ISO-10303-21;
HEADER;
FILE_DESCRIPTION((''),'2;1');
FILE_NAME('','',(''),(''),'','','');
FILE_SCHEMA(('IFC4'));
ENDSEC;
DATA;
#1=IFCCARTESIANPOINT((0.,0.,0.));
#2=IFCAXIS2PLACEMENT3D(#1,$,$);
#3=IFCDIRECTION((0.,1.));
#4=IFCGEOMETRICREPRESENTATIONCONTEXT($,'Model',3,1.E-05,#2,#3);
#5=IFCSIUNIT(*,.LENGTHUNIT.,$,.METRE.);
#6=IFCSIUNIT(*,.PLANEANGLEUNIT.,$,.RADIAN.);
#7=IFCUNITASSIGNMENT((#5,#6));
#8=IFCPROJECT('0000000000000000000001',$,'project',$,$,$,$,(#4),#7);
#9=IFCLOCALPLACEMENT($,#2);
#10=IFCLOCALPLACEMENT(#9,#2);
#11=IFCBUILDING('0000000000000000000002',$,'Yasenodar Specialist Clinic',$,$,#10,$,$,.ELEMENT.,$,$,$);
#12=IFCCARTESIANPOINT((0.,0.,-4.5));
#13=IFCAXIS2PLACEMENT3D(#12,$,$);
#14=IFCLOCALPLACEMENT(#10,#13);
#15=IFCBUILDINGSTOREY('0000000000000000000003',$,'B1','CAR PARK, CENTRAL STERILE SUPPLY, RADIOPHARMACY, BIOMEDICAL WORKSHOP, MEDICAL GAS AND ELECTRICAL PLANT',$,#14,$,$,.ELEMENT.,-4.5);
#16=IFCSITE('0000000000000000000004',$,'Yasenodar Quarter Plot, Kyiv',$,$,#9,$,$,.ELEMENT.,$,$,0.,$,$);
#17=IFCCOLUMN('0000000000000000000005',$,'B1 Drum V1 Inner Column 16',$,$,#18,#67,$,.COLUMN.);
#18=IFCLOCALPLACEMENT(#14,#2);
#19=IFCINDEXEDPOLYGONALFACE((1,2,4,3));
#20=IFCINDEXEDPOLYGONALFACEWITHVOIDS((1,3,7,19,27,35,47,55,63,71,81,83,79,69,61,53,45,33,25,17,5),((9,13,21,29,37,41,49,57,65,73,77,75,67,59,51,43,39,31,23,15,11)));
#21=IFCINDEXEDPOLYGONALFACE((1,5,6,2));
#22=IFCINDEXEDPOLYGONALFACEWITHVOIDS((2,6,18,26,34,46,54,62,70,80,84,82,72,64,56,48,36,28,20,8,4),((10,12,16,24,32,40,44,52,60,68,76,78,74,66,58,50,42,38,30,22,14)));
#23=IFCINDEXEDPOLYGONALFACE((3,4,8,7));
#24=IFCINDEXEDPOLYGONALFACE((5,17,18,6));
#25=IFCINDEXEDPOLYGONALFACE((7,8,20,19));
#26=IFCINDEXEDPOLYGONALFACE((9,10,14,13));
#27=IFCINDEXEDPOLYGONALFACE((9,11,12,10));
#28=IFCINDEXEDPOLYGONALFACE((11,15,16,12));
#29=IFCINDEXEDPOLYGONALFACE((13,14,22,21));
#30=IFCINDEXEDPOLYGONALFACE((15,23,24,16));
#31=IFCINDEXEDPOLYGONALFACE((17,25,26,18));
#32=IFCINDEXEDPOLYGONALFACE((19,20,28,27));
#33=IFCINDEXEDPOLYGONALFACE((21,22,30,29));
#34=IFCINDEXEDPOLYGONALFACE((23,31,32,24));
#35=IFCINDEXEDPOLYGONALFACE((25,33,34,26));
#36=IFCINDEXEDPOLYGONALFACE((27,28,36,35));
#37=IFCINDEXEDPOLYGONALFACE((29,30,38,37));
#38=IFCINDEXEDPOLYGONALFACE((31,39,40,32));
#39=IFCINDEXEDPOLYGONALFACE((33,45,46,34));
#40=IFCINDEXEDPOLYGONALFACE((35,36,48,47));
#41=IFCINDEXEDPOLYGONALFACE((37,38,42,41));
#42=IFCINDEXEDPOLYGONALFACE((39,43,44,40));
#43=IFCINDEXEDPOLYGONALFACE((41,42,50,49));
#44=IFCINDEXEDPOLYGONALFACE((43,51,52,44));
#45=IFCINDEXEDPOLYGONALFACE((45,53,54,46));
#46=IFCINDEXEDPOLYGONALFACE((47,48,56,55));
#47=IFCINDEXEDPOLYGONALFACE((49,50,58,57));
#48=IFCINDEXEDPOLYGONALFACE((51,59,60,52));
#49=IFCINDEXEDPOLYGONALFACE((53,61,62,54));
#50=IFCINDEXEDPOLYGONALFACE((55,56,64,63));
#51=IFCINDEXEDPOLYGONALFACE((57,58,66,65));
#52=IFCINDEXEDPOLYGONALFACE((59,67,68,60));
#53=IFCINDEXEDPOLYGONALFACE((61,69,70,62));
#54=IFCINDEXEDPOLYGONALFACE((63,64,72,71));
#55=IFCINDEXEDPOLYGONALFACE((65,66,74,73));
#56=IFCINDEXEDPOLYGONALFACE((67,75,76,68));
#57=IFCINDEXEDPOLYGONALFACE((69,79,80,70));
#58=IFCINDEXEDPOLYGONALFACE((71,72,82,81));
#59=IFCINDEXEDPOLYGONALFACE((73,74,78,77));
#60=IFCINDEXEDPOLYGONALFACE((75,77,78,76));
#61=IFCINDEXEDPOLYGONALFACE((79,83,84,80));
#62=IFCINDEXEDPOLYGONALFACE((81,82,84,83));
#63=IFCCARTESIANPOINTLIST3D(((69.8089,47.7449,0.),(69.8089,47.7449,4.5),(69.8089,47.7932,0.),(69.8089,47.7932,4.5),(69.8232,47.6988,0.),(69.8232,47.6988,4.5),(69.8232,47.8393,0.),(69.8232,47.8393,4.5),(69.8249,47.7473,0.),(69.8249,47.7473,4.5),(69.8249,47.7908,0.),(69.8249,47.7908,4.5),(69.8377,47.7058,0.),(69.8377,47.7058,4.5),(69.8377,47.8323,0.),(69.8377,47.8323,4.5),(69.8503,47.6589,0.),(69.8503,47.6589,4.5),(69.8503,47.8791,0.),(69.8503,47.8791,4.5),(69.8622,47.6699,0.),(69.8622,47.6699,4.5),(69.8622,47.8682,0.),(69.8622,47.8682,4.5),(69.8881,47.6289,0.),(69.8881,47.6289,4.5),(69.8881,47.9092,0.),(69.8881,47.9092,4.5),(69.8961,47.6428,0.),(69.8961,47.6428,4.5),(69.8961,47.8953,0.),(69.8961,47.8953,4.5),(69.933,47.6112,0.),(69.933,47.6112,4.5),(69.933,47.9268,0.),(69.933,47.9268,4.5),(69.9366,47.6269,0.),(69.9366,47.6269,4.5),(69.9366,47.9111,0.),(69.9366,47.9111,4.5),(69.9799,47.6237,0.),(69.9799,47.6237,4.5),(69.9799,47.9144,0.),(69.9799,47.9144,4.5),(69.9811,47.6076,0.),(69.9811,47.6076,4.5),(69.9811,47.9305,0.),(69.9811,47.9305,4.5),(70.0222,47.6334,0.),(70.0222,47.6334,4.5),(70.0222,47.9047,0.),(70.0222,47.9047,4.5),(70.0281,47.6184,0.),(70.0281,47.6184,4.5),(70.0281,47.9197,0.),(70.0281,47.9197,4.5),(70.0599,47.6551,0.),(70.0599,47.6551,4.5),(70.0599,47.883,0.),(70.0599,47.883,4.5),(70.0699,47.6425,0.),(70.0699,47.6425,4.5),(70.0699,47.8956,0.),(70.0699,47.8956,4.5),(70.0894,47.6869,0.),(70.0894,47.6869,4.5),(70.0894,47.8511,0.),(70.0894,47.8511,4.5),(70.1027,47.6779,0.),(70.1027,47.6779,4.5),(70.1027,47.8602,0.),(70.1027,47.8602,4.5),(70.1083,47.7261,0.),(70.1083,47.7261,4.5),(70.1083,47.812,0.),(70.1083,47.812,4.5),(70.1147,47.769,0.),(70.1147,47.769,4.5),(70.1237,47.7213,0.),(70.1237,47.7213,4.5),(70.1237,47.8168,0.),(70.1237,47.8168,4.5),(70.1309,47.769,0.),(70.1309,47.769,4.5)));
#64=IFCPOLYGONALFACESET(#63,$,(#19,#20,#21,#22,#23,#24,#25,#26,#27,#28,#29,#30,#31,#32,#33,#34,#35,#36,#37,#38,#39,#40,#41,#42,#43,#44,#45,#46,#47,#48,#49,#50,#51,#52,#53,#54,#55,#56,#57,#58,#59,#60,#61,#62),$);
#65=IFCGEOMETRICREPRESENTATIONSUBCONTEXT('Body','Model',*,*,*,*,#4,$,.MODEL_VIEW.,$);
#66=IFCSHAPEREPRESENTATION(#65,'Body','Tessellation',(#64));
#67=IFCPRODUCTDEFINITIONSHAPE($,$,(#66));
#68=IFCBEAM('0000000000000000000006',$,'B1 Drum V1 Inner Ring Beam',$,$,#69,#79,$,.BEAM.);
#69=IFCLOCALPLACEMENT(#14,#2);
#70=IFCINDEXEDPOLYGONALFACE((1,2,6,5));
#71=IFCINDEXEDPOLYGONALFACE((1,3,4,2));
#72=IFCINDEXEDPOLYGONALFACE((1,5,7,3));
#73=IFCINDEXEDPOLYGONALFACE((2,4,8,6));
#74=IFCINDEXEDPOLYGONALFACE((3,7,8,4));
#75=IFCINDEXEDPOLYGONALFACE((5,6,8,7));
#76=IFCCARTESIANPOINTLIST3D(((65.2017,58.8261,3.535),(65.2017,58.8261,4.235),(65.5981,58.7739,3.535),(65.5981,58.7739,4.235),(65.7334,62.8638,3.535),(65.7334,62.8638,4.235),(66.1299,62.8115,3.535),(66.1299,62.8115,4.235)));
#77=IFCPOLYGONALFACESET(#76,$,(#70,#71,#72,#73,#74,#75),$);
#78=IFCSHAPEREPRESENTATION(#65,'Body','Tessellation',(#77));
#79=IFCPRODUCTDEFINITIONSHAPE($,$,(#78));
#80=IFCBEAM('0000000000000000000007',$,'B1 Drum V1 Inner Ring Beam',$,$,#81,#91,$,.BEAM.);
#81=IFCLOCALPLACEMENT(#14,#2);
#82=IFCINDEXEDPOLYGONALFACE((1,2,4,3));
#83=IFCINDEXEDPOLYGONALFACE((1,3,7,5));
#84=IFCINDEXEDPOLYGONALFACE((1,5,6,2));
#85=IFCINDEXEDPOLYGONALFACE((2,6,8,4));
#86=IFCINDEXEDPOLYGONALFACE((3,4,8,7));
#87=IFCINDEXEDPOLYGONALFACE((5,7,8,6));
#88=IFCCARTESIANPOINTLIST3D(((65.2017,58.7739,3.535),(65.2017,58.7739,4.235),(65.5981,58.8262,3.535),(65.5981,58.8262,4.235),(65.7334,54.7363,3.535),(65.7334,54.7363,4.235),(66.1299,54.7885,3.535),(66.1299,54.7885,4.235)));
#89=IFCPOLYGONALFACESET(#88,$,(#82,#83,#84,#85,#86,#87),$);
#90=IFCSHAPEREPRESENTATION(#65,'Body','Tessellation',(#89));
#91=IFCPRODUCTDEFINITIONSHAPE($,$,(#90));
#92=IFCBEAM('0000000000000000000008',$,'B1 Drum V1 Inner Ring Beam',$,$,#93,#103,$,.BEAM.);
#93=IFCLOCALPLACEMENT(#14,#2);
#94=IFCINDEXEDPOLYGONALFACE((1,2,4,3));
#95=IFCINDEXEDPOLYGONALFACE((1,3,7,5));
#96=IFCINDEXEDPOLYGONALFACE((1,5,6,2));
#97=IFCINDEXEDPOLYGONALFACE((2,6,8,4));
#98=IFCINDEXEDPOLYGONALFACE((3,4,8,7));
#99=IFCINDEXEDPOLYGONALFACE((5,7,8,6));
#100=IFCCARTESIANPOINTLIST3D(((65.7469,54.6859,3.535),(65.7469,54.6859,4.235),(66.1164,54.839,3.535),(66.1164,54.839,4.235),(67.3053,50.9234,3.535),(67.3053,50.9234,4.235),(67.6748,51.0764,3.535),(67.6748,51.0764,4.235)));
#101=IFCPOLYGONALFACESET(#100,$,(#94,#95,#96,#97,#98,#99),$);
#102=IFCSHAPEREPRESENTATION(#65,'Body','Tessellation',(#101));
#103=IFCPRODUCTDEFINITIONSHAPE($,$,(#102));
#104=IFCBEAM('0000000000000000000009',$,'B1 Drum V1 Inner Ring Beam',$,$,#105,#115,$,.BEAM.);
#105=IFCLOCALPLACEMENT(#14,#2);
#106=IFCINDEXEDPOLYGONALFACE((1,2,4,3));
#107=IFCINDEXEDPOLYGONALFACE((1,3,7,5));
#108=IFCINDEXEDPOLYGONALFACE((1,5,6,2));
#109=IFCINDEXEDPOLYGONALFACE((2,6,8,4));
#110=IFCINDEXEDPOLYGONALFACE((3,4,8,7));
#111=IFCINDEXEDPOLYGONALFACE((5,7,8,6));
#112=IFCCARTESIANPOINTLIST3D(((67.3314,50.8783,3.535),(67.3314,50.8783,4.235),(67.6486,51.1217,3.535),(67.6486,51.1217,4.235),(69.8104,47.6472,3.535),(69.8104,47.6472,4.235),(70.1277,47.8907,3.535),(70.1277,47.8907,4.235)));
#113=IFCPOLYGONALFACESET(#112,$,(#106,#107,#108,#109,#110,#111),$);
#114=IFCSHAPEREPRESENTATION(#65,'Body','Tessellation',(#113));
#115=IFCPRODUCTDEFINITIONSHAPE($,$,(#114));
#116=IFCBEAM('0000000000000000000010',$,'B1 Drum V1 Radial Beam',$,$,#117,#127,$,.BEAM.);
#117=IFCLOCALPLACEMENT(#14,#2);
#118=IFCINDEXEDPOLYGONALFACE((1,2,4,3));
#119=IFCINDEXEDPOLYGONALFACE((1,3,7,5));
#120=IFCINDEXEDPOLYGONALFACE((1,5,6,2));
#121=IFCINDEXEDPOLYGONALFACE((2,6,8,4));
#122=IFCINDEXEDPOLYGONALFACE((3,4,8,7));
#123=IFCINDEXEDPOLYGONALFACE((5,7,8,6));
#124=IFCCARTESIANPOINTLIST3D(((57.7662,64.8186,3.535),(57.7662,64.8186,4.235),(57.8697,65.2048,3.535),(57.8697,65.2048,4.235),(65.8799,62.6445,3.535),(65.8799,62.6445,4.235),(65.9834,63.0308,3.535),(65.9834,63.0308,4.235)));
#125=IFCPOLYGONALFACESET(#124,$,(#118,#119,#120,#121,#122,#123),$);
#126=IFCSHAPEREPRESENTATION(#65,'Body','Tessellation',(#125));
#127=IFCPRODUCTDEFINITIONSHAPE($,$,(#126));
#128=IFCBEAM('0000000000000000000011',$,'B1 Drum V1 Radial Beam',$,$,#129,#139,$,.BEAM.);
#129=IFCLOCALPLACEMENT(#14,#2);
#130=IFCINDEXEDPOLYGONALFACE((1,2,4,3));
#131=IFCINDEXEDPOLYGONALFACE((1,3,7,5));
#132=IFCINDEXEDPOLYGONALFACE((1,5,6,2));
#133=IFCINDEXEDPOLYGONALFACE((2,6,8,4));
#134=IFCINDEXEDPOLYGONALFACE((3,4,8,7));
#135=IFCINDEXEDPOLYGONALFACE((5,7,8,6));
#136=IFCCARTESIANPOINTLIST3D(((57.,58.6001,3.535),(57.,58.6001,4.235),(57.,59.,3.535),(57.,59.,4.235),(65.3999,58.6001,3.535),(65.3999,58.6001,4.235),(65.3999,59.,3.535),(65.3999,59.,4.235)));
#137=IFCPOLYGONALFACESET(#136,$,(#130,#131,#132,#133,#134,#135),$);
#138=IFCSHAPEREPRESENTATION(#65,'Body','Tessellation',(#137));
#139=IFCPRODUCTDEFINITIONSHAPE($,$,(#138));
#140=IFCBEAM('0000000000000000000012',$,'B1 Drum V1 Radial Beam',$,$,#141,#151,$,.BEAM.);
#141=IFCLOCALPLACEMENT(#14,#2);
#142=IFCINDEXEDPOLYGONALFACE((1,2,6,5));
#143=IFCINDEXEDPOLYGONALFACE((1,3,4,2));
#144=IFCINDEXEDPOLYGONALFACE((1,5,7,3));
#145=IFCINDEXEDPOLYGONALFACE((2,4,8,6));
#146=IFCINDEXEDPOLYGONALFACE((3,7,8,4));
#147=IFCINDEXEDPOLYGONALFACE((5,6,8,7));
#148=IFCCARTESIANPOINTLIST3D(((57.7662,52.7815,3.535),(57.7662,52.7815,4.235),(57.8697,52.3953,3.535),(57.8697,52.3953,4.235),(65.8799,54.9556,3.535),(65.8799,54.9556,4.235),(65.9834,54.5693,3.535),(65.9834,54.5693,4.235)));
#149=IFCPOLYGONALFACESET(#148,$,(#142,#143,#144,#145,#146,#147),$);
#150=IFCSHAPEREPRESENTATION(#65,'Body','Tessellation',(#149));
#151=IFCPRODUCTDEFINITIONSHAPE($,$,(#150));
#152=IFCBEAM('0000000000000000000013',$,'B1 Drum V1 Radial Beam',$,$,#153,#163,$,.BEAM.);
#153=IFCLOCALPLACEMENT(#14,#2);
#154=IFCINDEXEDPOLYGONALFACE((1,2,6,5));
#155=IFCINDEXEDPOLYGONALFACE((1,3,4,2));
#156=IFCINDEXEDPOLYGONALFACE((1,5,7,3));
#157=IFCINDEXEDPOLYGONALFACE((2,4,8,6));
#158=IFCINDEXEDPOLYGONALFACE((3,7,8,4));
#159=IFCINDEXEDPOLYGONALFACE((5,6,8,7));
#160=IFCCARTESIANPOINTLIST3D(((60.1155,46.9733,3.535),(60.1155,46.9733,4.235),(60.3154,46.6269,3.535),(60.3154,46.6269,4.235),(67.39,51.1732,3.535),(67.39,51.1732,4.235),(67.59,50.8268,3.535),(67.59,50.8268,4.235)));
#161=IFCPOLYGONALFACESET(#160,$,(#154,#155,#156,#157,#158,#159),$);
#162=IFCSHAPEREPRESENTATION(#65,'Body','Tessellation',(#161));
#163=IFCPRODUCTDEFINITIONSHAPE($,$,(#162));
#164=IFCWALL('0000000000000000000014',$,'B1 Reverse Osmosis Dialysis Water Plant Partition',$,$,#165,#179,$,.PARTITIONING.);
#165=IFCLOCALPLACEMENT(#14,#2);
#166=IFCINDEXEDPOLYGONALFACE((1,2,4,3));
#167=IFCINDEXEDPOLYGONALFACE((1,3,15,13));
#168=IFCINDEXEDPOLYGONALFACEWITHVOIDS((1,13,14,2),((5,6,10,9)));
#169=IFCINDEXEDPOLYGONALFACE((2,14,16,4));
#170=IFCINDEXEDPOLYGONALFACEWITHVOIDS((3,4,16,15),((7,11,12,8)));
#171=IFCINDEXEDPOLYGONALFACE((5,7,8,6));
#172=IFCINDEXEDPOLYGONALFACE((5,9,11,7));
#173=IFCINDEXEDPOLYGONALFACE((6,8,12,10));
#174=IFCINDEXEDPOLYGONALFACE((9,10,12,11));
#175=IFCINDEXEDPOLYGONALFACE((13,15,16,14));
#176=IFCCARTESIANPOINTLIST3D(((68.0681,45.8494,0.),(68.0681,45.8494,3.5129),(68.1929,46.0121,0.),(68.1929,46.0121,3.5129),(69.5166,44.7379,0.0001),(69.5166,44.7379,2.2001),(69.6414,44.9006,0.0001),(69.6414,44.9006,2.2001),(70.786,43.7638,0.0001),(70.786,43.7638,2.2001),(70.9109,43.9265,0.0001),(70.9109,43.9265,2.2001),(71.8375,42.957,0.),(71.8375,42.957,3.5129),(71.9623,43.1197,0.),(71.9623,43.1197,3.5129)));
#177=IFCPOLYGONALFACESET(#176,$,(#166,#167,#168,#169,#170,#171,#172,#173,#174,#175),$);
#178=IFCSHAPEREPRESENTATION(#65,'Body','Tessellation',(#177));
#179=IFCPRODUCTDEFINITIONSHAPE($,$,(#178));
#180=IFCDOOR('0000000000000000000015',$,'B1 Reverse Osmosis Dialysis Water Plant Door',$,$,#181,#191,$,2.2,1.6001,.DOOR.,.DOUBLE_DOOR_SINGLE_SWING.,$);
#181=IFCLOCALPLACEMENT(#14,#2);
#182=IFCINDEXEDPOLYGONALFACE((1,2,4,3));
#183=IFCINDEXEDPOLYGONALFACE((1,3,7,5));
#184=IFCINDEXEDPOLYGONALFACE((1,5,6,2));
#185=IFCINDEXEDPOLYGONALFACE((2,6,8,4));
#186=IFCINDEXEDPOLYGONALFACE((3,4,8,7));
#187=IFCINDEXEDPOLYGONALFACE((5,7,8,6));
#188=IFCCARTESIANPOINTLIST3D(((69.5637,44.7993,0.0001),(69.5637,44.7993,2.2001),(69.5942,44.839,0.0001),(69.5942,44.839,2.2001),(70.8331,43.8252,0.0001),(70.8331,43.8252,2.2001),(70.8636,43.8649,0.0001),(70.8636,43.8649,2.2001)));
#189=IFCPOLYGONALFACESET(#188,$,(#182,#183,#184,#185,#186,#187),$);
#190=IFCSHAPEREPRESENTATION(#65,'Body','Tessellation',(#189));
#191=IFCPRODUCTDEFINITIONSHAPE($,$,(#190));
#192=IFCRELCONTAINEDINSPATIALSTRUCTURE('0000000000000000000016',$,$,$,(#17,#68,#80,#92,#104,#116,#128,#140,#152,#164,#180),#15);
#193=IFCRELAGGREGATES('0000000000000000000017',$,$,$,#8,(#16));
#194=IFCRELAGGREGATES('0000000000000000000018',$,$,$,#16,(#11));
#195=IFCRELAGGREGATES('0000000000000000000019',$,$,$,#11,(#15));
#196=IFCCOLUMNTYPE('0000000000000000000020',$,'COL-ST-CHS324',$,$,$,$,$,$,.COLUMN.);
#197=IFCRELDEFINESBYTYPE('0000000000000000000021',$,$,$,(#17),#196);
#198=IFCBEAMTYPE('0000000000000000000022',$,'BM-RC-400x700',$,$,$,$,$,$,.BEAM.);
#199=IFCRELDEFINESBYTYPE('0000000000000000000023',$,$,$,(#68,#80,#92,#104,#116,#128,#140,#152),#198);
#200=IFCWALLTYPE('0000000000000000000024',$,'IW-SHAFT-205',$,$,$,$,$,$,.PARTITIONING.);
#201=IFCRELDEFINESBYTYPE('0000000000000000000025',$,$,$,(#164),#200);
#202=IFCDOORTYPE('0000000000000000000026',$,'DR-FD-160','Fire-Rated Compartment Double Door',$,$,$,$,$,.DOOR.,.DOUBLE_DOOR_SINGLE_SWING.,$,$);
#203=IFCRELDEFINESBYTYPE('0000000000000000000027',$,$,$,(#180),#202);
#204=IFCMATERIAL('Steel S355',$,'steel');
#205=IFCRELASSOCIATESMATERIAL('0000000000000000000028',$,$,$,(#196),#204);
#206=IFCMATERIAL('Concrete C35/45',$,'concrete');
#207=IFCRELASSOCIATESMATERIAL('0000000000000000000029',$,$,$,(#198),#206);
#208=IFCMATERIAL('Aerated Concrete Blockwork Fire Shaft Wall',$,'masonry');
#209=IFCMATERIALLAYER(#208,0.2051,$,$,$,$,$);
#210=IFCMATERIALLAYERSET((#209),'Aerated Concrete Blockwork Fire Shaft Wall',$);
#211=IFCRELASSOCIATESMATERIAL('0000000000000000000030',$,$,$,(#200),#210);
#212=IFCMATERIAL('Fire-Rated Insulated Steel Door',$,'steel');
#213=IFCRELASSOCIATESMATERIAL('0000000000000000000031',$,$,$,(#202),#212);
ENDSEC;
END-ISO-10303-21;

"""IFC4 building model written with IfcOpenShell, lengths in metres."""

from ifc_helpers import new_model, si_unit, direction, frame, frame_2d, origin, origin_2d, place, context, subcontext, project, spatial, rectangle, hollow_circle, extrude, material, layer, layer_set, material_profile, profile_set, type_object, element, fill, save


model = new_model("IFC4")

# Units and contexts
model_context = context("Model", 3, precision=1e-05, world=origin(), true_north=direction((0.0, 1.0)))
body_context = subcontext(model_context, "Body", "Model", "MODEL_VIEW")
ifc_project = project(units=[si_unit("LENGTHUNIT", "METRE"), si_unit("PLANEANGLEUNIT", "RADIAN")], contexts=[model_context])

# Site, building, storey
site_placement = place(None, origin())
site = spatial("IfcSite", under=ifc_project, at=site_placement, Name="Yasenodar Quarter Plot, Kyiv", CompositionType="ELEMENT", RefElevation=0.0)
building_placement = place(site_placement, origin())
building = spatial("IfcBuilding", under=site, at=building_placement, Name="Yasenodar Specialist Clinic", CompositionType="ELEMENT")
storey_placement = place(building_placement, frame((0.0, 0.0, -4.5)))
storey = spatial("IfcBuildingStorey", under=building, at=storey_placement, Name="B1", Description="CAR PARK, CENTRAL STERILE SUPPLY, RADIOPHARMACY, BIOMEDICAL WORKSHOP, MEDICAL GAS AND ELECTRICAL PLANT", CompositionType="ELEMENT", Elevation=-4.5)

# Shared definitions
ifc_material_1 = material(Name="Concrete C35/45", Category="concrete")

# Column
ifc_material_2 = material(Name="Steel S355", Category="steel")
ifc_material_profile_1 = material_profile(ifc_material_2, hollow_circle(Radius=0.1619, WallThickness=0.0161, at=origin_2d()), Name="CHS 323.9x16")
ifc_profile_set_1 = profile_set([ifc_material_profile_1], Name="Steel S355")
column_type = type_object("IfcColumnType", Name="COL-ST-CHS324", PredefinedType="COLUMN", material=ifc_profile_set_1)
for number, where, z_axis, x_axis, name in (
    (1, (69.969, 47.769, 0.0), (0.0, 0.0, 1.0), (1.0, 0.0, 0.0), "B1 Drum V1 Inner Column 16"),
):
    element("IfcColumn", number, at=place(storey_placement, frame(where, z_axis=z_axis, x_axis=x_axis)), inside=storey, type_object=column_type, Name=name, PredefinedType="COLUMN", context=body_context, shape_type="SweptSolid", body=[
        extrude(hollow_circle(Radius=0.1619, WallThickness=0.0161, at=origin_2d()), origin(), (0.0, 0.0, 1.0), 4.5),
    ])

# Beams
ifc_material_profile_2 = material_profile(ifc_material_1, rectangle(XDim=0.3999, YDim=0.7, at=origin_2d()), Name="RC 400x700")
ifc_profile_set_2 = profile_set([ifc_material_profile_2], Name="Concrete C35/45")
beam_type = type_object("IfcBeamType", Name="BM-RC-400x700", PredefinedType="BEAM", material=ifc_profile_set_2)
for number, where, z_axis, x_axis, name in (
    (2, (65.9316, 62.8376, 3.885), (-0.130569, -0.991439, 0.0), (0.991439, -0.130569, 0.0), "B1 Drum V1 Inner Ring Beam"),
    (3, (65.3999, 58.8, 3.885), (0.130569, -0.991439, 0.0), (0.991439, 0.130569, 0.0), "B1 Drum V1 Inner Ring Beam"),
    (4, (65.9316, 54.7625, 3.885), (0.382661, -0.923889, 0.0), (0.923889, 0.382661, 0.0), "B1 Drum V1 Inner Ring Beam"),
    (5, (67.49, 51.0, 3.885), (0.608731, -0.793377, 0.0), (0.793377, 0.608731, 0.0), "B1 Drum V1 Inner Ring Beam"),
):
    element("IfcBeam", number, at=place(storey_placement, frame(where, z_axis=z_axis, x_axis=x_axis)), inside=storey, type_object=beam_type, Name=name, PredefinedType="BEAM", context=body_context, shape_type="SweptSolid", body=[
        extrude(rectangle(XDim=0.3999, YDim=0.7, at=origin_2d()), origin(), (0.0, 0.0, 1.0), 4.0725),
    ])
for number, where, z_axis, x_axis, name in (
    (6, (65.9316, 62.8376, 3.885), (-0.965926, 0.258818, 0.0), (-0.258818, -0.965926, 0.0), "B1 Drum V1 Radial Beam"),
    (7, (65.3999, 58.8, 3.885), (-1.0, 0.0, 0.0), (0.0, -1.0, 0.0), "B1 Drum V1 Radial Beam"),
    (8, (65.9316, 54.7625, 3.885), (-0.965926, -0.258818, 0.0), (0.258818, -0.965926, 0.0), "B1 Drum V1 Radial Beam"),
    (9, (67.49, 51.0, 3.885), (-0.866029, -0.499993, 0.0), (0.499993, -0.866029, 0.0), "B1 Drum V1 Radial Beam"),
):
    element("IfcBeam", number, at=place(storey_placement, frame(where, z_axis=z_axis, x_axis=x_axis)), inside=storey, type_object=beam_type, Name=name, PredefinedType="BEAM", context=body_context, shape_type="SweptSolid", body=[
        extrude(rectangle(XDim=0.3999, YDim=0.7, at=origin_2d()), origin(), (0.0, 0.0, 1.0), 8.3999),
    ])

# Wall, opening, door
ifc_material_3 = material(Name="Aerated Concrete Blockwork Fire Shaft Wall", Category="masonry")
ifc_layer = layer(ifc_material_3, 0.2051)
ifc_layer_set = layer_set([ifc_layer], Name="Aerated Concrete Blockwork Fire Shaft Wall")
wall_type = type_object("IfcWallType", Name="IW-SHAFT-205", PredefinedType="PARTITIONING", material=ifc_layer_set)
wall_placement = place(storey_placement, frame((68.1306, 45.9307, 0.0), z_axis=(0.0, 0.0, 1.0), x_axis=(0.793347, -0.608769, 0.0)))
wall = element("IfcWall", 10, at=wall_placement, inside=storey, type_object=wall_type, Name="B1 Reverse Osmosis Dialysis Water Plant Partition", PredefinedType="PARTITIONING", context=body_context, shape_type="SweptSolid", body=[
    extrude(rectangle(XDim=4.7512, YDim=0.2051, at=frame_2d((2.3755, 0.0))), origin(), (0.0, 0.0, 1.0), 3.5129),
])
opening_placement = place(wall_placement, frame((1.8257, 0.0, 0.0)))
opening = element("IfcOpeningElement", 11, at=opening_placement, cuts=wall, PredefinedType="OPENING", context=body_context, shape_type="SweptSolid", body=[
    extrude(rectangle(XDim=1.6001, YDim=2.2, at=frame_2d((0.8, 1.1001))), frame((0.0, 0.1125, 0.0), z_axis=(0.0, -1.0, 0.0), x_axis=(1.0, 0.0, 0.0)), (0.0, 0.0, 1.0), 0.2251),
])
ifc_material_4 = material(Name="Fire-Rated Insulated Steel Door", Category="steel")
door_type = type_object("IfcDoorType", Name="DR-FD-160", Description="Fire-Rated Compartment Double Door", OperationType="DOUBLE_DOOR_SINGLE_SWING", PredefinedType="DOOR", material=ifc_material_4)
door_placement = place(opening_placement, origin())
door = element("IfcDoor", 12, at=door_placement, inside=storey, type_object=door_type, Name="B1 Reverse Osmosis Dialysis Water Plant Door", OperationType="DOUBLE_DOOR_SINGLE_SWING", OverallHeight=2.2, OverallWidth=1.6001, PredefinedType="DOOR", context=body_context, shape_type="SweptSolid", body=[
    extrude(rectangle(XDim=1.6001, YDim=2.2, at=frame_2d((0.8, 1.1001))), frame((0.0, 0.0249, 0.0), z_axis=(0.0, -1.0, 0.0), x_axis=(1.0, 0.0, 0.0)), (0.0, 0.0, 1.0), 0.05),
])
fill(opening, door)

save(model, "model.ifc")
